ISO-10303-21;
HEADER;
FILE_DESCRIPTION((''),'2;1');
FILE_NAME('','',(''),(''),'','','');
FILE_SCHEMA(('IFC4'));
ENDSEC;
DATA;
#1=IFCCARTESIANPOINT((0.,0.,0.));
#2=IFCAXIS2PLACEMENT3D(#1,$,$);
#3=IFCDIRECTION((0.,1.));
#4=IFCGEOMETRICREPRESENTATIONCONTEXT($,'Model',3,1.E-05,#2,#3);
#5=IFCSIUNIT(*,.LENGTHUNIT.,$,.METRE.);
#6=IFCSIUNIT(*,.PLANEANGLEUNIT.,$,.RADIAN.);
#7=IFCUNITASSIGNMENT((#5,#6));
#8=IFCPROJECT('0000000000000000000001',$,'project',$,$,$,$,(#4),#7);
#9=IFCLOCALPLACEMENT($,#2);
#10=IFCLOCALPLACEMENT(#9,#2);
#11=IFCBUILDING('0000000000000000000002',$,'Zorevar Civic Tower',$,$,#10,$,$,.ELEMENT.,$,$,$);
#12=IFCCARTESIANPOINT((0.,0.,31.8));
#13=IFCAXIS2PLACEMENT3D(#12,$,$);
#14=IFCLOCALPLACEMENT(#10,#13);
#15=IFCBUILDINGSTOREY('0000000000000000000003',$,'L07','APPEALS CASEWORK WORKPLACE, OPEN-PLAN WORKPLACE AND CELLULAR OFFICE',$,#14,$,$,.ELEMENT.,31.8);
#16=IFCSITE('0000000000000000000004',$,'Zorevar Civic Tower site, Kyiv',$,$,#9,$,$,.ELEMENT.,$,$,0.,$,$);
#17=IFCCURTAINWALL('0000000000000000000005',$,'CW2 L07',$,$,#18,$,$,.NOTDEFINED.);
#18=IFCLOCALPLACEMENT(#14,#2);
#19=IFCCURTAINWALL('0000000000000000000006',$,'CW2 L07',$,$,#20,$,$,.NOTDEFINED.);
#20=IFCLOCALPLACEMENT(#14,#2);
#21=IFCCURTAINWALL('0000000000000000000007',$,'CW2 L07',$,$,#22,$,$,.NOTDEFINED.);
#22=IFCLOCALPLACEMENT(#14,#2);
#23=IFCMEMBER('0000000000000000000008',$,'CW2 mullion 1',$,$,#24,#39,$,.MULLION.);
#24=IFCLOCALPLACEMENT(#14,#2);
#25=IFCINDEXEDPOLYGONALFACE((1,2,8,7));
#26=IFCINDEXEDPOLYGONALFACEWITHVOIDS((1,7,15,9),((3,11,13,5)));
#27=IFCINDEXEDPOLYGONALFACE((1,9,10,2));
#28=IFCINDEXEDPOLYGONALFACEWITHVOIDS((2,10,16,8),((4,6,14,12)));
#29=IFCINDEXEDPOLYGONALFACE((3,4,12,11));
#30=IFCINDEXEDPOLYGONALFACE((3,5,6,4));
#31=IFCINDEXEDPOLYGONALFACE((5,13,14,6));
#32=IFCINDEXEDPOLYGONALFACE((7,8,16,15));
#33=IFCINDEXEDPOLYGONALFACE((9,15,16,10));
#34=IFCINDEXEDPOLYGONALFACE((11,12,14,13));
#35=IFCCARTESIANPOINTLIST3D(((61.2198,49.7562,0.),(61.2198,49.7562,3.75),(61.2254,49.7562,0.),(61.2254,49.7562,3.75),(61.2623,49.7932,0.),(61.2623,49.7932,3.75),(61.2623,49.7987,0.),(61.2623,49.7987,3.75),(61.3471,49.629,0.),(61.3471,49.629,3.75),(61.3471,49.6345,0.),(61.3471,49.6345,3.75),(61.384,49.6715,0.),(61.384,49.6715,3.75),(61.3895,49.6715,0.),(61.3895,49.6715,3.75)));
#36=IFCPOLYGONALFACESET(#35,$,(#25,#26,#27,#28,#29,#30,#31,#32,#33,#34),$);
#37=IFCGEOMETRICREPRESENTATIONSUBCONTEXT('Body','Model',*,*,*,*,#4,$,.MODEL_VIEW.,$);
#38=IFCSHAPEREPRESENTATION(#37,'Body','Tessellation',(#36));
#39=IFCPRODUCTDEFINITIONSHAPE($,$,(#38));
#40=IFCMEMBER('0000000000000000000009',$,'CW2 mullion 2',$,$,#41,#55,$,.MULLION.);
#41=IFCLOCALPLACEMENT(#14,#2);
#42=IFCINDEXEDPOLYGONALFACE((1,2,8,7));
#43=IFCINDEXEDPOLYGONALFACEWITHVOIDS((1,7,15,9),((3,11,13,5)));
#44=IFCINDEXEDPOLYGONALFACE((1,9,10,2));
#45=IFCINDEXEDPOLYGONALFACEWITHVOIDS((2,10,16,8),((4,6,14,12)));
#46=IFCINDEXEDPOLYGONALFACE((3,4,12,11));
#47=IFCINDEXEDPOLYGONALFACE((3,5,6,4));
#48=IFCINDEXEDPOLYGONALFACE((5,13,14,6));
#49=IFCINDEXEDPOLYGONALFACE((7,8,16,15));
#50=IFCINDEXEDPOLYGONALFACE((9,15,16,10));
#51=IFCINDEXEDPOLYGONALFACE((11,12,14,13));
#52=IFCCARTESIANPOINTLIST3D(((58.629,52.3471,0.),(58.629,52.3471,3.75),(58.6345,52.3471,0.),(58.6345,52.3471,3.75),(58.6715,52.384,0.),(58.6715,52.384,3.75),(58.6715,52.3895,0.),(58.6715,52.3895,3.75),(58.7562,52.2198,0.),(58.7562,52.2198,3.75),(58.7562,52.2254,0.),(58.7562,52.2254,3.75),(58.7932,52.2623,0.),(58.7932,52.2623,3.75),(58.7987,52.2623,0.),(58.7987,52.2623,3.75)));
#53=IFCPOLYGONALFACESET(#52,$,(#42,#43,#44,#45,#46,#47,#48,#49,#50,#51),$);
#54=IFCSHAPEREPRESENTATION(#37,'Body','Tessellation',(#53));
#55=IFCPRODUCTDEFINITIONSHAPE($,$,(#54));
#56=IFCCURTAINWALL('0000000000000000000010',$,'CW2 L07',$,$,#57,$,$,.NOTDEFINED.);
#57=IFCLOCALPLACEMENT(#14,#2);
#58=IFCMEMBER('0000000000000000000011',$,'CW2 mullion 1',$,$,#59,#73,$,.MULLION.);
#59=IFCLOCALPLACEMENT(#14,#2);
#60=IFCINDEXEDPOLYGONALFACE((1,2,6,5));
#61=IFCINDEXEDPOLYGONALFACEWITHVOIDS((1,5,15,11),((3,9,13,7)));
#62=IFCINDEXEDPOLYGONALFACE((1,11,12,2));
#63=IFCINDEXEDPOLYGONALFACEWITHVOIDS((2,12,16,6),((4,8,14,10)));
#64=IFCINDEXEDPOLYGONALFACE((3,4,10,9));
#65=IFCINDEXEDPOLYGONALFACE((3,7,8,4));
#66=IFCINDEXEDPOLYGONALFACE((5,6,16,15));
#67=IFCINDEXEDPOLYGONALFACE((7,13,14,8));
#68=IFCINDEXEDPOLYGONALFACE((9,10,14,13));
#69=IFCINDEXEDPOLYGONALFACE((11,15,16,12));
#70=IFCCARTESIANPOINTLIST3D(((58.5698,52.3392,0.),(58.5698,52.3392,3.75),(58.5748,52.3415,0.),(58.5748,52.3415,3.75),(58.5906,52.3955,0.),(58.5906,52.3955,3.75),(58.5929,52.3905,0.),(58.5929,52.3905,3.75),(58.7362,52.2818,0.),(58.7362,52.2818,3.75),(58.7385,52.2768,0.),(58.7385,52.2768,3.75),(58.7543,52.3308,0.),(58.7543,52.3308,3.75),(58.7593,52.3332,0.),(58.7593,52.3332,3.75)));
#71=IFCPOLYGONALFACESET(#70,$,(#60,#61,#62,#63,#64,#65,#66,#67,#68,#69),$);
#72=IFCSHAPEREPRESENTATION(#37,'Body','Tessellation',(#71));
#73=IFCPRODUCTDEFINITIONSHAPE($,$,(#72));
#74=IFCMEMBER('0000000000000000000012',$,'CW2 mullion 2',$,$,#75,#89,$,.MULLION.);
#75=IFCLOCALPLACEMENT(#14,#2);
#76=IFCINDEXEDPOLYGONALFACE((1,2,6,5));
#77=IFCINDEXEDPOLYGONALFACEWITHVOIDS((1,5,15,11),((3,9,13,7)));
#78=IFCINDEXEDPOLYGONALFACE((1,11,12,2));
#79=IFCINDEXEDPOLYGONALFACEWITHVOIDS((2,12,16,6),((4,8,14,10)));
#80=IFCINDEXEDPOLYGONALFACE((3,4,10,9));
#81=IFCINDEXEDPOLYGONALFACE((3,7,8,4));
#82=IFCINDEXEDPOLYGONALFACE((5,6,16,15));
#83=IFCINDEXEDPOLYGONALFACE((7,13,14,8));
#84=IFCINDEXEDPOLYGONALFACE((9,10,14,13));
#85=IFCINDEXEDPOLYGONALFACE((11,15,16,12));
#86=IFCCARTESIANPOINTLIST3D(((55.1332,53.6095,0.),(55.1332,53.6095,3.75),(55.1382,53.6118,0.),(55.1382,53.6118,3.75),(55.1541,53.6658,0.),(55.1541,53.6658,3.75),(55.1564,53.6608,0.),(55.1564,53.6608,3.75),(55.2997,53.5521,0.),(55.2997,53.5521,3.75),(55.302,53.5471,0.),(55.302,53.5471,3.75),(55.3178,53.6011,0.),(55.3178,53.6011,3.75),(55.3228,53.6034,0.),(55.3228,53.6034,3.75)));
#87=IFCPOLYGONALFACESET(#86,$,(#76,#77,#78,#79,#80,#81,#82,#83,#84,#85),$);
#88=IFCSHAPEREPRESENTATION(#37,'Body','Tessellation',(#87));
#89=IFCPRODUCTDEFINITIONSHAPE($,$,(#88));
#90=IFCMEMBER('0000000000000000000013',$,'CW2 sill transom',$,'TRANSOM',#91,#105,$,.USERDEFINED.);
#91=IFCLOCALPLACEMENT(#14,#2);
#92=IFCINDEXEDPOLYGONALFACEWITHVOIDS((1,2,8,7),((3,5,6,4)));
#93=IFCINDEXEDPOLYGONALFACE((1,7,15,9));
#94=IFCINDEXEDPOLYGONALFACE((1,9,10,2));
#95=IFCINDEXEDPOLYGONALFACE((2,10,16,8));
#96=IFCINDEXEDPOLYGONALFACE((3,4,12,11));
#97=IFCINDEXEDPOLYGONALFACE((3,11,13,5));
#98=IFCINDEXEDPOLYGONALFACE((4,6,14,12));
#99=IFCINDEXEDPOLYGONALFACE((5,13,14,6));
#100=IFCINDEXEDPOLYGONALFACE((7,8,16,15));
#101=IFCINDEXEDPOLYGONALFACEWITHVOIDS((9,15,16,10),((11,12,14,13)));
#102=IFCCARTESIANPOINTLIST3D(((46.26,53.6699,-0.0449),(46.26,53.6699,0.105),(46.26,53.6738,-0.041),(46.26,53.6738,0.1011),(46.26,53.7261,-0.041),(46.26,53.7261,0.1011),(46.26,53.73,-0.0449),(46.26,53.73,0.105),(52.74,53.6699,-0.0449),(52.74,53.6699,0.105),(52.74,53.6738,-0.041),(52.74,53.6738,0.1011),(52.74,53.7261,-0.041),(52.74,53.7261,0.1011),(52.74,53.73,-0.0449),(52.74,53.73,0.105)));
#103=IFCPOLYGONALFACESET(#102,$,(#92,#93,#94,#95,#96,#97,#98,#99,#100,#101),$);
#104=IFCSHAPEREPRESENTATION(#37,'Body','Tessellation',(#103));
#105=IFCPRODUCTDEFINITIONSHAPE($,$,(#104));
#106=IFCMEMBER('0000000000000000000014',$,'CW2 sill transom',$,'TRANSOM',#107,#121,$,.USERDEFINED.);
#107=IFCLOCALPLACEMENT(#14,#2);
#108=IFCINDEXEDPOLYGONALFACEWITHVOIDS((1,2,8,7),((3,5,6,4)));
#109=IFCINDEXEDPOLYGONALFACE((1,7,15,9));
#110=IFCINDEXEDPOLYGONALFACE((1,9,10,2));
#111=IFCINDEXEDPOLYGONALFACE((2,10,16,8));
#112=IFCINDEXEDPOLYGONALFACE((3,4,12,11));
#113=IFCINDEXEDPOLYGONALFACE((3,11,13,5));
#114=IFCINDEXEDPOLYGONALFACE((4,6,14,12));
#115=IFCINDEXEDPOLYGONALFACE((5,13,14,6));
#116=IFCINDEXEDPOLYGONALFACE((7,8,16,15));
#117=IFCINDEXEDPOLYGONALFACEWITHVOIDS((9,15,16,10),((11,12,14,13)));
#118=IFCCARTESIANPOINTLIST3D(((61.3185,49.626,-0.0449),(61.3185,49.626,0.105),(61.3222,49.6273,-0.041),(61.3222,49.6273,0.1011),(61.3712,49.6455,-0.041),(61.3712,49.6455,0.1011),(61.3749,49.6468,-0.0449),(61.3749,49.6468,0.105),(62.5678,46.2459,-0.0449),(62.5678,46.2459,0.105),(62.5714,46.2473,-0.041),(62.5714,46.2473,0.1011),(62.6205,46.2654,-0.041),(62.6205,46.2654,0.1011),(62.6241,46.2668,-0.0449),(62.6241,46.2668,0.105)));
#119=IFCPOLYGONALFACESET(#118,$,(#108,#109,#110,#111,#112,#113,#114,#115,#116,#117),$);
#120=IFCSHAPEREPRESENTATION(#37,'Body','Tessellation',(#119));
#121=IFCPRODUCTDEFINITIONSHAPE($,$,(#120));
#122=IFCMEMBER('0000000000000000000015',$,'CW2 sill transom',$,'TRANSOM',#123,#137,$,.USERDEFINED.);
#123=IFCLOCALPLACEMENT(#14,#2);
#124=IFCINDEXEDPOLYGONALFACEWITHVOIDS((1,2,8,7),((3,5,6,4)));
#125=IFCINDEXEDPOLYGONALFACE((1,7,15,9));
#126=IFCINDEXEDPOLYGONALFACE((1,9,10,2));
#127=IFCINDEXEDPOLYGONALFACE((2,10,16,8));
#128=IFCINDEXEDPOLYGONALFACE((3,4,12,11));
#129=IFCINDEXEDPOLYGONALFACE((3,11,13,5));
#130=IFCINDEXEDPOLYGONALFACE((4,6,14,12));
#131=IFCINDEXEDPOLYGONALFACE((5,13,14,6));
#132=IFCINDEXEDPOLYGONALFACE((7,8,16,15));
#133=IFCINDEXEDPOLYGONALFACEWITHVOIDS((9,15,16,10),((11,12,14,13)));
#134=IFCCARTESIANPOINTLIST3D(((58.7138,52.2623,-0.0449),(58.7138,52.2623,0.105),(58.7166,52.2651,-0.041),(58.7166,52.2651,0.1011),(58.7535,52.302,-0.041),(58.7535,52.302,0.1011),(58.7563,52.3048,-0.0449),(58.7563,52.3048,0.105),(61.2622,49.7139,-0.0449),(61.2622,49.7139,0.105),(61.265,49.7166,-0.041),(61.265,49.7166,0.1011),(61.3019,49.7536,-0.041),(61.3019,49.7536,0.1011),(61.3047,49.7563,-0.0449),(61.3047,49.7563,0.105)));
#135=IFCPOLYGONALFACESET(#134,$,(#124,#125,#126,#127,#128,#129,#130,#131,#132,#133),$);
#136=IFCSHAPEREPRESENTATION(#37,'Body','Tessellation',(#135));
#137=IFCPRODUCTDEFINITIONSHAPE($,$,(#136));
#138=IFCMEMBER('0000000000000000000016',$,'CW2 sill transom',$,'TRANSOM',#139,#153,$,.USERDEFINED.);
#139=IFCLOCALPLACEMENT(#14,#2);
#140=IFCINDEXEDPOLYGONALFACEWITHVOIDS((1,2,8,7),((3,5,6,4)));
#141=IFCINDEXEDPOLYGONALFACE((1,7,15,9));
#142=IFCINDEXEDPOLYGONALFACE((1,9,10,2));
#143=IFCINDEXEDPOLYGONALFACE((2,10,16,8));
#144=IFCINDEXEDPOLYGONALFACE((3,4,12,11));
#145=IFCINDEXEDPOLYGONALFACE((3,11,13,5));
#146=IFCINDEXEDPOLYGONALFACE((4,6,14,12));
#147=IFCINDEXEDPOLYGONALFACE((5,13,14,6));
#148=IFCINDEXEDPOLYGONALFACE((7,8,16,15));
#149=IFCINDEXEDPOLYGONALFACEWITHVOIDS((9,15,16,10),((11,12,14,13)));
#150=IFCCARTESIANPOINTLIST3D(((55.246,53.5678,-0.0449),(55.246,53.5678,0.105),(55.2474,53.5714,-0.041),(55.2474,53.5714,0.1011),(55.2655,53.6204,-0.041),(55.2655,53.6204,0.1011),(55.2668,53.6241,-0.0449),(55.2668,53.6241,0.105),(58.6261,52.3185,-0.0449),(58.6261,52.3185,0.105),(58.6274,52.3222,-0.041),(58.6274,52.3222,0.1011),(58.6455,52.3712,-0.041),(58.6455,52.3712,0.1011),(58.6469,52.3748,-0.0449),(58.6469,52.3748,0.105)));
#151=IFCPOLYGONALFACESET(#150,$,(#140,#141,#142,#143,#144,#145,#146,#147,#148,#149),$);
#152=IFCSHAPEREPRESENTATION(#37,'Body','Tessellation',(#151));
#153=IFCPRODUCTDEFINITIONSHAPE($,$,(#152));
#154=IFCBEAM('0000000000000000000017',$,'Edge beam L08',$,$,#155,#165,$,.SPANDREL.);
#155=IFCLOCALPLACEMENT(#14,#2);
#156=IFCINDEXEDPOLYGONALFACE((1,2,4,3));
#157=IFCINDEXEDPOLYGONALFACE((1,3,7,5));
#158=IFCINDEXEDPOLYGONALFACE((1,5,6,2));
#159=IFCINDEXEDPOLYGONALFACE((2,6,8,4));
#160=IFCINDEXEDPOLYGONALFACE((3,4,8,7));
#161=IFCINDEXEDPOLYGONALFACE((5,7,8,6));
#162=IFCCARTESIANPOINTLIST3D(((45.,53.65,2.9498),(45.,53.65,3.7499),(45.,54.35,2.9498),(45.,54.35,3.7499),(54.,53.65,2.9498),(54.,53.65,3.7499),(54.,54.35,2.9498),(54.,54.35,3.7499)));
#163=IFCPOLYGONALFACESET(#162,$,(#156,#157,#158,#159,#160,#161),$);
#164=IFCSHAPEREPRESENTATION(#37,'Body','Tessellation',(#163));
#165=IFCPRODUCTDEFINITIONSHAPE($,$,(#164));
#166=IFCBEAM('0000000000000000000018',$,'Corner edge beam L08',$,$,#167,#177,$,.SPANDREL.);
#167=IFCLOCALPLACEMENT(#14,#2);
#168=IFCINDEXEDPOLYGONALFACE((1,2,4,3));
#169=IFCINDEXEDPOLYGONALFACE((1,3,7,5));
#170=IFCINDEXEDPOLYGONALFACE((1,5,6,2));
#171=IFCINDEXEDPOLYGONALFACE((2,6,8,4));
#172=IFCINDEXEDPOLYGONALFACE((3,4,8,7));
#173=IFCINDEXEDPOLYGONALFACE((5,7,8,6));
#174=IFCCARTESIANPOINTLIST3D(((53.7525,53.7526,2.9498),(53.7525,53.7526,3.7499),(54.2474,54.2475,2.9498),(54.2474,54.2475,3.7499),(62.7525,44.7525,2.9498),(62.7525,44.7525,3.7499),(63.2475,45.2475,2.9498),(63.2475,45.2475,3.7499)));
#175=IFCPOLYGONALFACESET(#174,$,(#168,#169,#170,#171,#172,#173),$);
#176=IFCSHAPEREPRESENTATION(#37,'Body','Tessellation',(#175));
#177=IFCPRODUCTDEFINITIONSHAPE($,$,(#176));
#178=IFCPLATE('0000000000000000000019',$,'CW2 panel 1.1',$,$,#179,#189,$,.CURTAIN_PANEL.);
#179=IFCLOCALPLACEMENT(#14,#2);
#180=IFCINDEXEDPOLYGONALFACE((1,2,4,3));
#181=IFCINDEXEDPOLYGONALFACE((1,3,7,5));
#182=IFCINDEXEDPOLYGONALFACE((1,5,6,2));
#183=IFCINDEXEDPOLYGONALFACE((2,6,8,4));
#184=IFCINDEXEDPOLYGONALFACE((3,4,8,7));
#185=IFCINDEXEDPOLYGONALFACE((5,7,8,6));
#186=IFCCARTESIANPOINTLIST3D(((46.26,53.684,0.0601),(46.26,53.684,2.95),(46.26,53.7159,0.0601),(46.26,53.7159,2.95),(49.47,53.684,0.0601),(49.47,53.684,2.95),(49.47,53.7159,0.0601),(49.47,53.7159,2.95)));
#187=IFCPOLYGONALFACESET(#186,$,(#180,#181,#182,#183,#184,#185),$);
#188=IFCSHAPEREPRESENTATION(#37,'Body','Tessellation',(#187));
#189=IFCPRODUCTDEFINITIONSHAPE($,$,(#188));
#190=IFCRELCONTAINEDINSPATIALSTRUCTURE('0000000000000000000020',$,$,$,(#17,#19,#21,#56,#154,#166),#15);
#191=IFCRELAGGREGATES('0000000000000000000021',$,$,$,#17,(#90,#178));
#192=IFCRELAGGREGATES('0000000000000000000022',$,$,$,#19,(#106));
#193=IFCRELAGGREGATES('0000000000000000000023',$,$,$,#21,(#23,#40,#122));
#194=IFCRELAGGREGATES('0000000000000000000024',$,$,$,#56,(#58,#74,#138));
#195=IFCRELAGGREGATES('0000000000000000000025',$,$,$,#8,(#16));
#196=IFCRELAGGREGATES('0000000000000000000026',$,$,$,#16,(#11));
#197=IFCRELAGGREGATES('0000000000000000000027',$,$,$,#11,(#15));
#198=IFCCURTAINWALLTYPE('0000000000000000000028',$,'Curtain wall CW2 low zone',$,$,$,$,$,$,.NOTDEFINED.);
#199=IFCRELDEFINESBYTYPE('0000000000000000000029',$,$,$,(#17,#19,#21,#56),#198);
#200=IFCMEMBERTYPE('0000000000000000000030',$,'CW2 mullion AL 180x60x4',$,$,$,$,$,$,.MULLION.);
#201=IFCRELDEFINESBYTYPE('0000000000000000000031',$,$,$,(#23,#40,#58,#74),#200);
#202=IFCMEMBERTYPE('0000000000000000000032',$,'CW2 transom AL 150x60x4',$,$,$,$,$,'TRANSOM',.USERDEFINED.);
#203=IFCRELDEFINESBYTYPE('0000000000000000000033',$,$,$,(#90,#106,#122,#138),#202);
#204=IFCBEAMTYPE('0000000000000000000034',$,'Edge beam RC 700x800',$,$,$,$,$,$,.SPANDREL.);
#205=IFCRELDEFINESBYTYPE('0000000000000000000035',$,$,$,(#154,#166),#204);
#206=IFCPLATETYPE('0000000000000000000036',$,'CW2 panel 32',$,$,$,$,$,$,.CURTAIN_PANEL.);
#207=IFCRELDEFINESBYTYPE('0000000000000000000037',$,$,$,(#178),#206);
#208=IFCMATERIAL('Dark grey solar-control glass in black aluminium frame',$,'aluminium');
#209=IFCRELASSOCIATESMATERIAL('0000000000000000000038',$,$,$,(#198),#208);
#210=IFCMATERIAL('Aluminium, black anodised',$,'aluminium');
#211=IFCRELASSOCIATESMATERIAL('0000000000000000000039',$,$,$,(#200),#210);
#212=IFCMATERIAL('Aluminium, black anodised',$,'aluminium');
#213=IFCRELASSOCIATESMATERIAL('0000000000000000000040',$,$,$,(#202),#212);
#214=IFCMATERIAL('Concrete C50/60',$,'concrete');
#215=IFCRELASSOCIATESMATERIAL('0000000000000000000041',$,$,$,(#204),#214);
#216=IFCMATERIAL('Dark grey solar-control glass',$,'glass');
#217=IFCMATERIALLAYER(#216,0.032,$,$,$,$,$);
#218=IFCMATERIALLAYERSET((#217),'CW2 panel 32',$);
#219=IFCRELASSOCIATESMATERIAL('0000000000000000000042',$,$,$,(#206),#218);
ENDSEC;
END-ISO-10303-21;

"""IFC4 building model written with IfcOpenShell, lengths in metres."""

from ifc_helpers import new_model, si_unit, direction, frame, origin, origin_2d, place, context, subcontext, project, spatial, rectangle, hollow_rectangle, extrude, material, layer, layer_set, material_profile, profile_set, type_object, element, aggregate, save


model = new_model("IFC4")

# Units and contexts
model_context = context("Model", 3, precision=1e-05, world=origin(), true_north=direction((0.0, 1.0)))
body_context = subcontext(model_context, "Body", "Model", "MODEL_VIEW")
ifc_project = project(units=[si_unit("LENGTHUNIT", "METRE"), si_unit("PLANEANGLEUNIT", "RADIAN")], contexts=[model_context])

# Site, building, storey
site_placement = place(None, origin())
site = spatial("IfcSite", under=ifc_project, at=site_placement, Name="Zorevar Civic Tower site, Kyiv", CompositionType="ELEMENT", RefElevation=0.0)
building_placement = place(site_placement, origin())
building = spatial("IfcBuilding", under=site, at=building_placement, Name="Zorevar Civic Tower", CompositionType="ELEMENT")
storey_placement = place(building_placement, frame((0.0, 0.0, 31.8)))
storey = spatial("IfcBuildingStorey", under=building, at=storey_placement, Name="L07", Description="APPEALS CASEWORK WORKPLACE, OPEN-PLAN WORKPLACE AND CELLULAR OFFICE", CompositionType="ELEMENT", Elevation=31.8)

# Curtain walls, members
ifc_material_1 = material(Name="Dark grey solar-control glass in black aluminium frame", Category="aluminium")
curtain_wall_type = type_object("IfcCurtainWallType", Name="Curtain wall CW2 low zone", PredefinedType="NOTDEFINED", material=ifc_material_1)
curtain_wall_1_placement = place(storey_placement, origin())
curtain_wall_1 = element("IfcCurtainWall", 1, at=curtain_wall_1_placement, inside=storey, type_object=curtain_wall_type, Name="CW2 L07", PredefinedType="NOTDEFINED")
ifc_material_2 = material(Name="Aluminium, black anodised", Category="aluminium")
ifc_material_profile_1 = material_profile(ifc_material_2, hollow_rectangle(XDim=0.0601, YDim=0.1799, WallThickness=0.0039, at=origin_2d()), Name="AL 180x60x4")
ifc_profile_set_1 = profile_set([ifc_material_profile_1], Name="Aluminium, black anodised")
member_type_1 = type_object("IfcMemberType", Name="CW2 mullion AL 180x60x4", PredefinedType="MULLION", material=ifc_profile_set_1)
curtain_wall_2_placement = place(storey_placement, origin())
curtain_wall_2 = element("IfcCurtainWall", 2, at=curtain_wall_2_placement, inside=storey, type_object=curtain_wall_type, Name="CW2 L07", PredefinedType="NOTDEFINED")
curtain_wall_3_placement = place(storey_placement, origin())
curtain_wall_3 = element("IfcCurtainWall", 3, at=curtain_wall_3_placement, inside=storey, type_object=curtain_wall_type, Name="CW2 L07", PredefinedType="NOTDEFINED")
member_1_placement = place(storey_placement, frame((61.3047, 49.7139, 0.0), z_axis=(0.0, 0.0, 1.0), x_axis=(-0.707107, -0.707107, 0.0)))
member_1 = element("IfcMember", 4, at=member_1_placement, type_object=member_type_1, Name="CW2 mullion 1", PredefinedType="MULLION", context=body_context, shape_type="SweptSolid", body=[
    extrude(hollow_rectangle(XDim=0.0601, YDim=0.1799, WallThickness=0.0039, at=origin_2d()), origin(), (0.0, 0.0, 1.0), 3.75),
])
member_2_placement = place(storey_placement, frame((58.7139, 52.3047, 0.0), z_axis=(0.0, 0.0, 1.0), x_axis=(-0.707107, -0.707107, 0.0)))
member_2 = element("IfcMember", 5, at=member_2_placement, type_object=member_type_1, Name="CW2 mullion 2", PredefinedType="MULLION", context=body_context, shape_type="SweptSolid", body=[
    extrude(hollow_rectangle(XDim=0.0601, YDim=0.1799, WallThickness=0.0039, at=origin_2d()), origin(), (0.0, 0.0, 1.0), 3.75),
])
curtain_wall_4_placement = place(storey_placement, origin())
curtain_wall_4 = element("IfcCurtainWall", 6, at=curtain_wall_4_placement, inside=storey, type_object=curtain_wall_type, Name="CW2 L07", PredefinedType="NOTDEFINED")
member_3_placement = place(storey_placement, frame((58.6646, 52.3362, 0.0), z_axis=(0.0, 0.0, 1.0), x_axis=(-0.346704, -0.937975, 0.0)))
member_3 = element("IfcMember", 7, at=member_3_placement, type_object=member_type_1, Name="CW2 mullion 1", PredefinedType="MULLION", context=body_context, shape_type="SweptSolid", body=[
    extrude(hollow_rectangle(XDim=0.0601, YDim=0.1799, WallThickness=0.0039, at=origin_2d()), origin(), (0.0, 0.0, 1.0), 3.75),
])
member_4_placement = place(storey_placement, frame((55.228, 53.6064, 0.0), z_axis=(0.0, 0.0, 1.0), x_axis=(-0.346704, -0.937975, 0.0)))
member_4 = element("IfcMember", 8, at=member_4_placement, type_object=member_type_1, Name="CW2 mullion 2", PredefinedType="MULLION", context=body_context, shape_type="SweptSolid", body=[
    extrude(hollow_rectangle(XDim=0.0601, YDim=0.1799, WallThickness=0.0039, at=origin_2d()), origin(), (0.0, 0.0, 1.0), 3.75),
])

# Members
ifc_material_3 = material(Name="Aluminium, black anodised", Category="aluminium")
ifc_material_profile_2 = material_profile(ifc_material_3, hollow_rectangle(XDim=0.0601, YDim=0.1499, WallThickness=0.0039, at=origin_2d()), Name="AL 150x60x4")
ifc_profile_set_2 = profile_set([ifc_material_profile_2], Name="Aluminium, black anodised")
member_type_2 = type_object("IfcMemberType", Name="CW2 transom AL 150x60x4", ElementType="TRANSOM", PredefinedType="USERDEFINED", material=ifc_profile_set_2)
member_5_placement = place(storey_placement, frame((46.26, 53.7, 0.03), z_axis=(1.0, 0.0, 0.0), x_axis=(0.0, 1.0, 0.0)))
member_5 = element("IfcMember", 9, at=member_5_placement, type_object=member_type_2, Name="CW2 sill transom", ObjectType="TRANSOM", PredefinedType="USERDEFINED", context=body_context, shape_type="SweptSolid", body=[
    extrude(hollow_rectangle(XDim=0.0601, YDim=0.1499, WallThickness=0.0039, at=origin_2d()), origin(), (0.0, 0.0, 1.0), 6.48),
])
member_6_placement = place(storey_placement, frame((62.5959, 46.2563, 0.03), z_axis=(-0.346672, 0.937986, 0.0), x_axis=(-0.937986, -0.346672, 0.0)))
member_6 = element("IfcMember", 10, at=member_6_placement, type_object=member_type_2, Name="CW2 sill transom", ObjectType="TRANSOM", PredefinedType="USERDEFINED", context=body_context, shape_type="SweptSolid", body=[
    extrude(hollow_rectangle(XDim=0.0601, YDim=0.1499, WallThickness=0.0039, at=origin_2d()), origin(), (0.0, 0.0, 1.0), 3.6035),
])
member_7_placement = place(storey_placement, frame((61.2834, 49.7351, 0.03), z_axis=(-0.707107, 0.707107, 0.0), x_axis=(-0.707107, -0.707107, 0.0)))
member_7 = element("IfcMember", 11, at=member_7_placement, type_object=member_type_2, Name="CW2 sill transom", ObjectType="TRANSOM", PredefinedType="USERDEFINED", context=body_context, shape_type="SweptSolid", body=[
    extrude(hollow_rectangle(XDim=0.0601, YDim=0.1499, WallThickness=0.0039, at=origin_2d()), origin(), (0.0, 0.0, 1.0), 3.604),
])
member_8_placement = place(storey_placement, frame((58.6365, 52.3467, 0.03), z_axis=(-0.937986, 0.346672, 0.0), x_axis=(-0.346672, -0.937986, 0.0)))
member_8 = element("IfcMember", 12, at=member_8_placement, type_object=member_type_2, Name="CW2 sill transom", ObjectType="TRANSOM", PredefinedType="USERDEFINED", context=body_context, shape_type="SweptSolid", body=[
    extrude(hollow_rectangle(XDim=0.0601, YDim=0.1499, WallThickness=0.0039, at=origin_2d()), origin(), (0.0, 0.0, 1.0), 3.6035),
])

# Beams
ifc_material_4 = material(Name="Concrete C50/60", Category="concrete")
ifc_material_profile_3 = material_profile(ifc_material_4, rectangle(XDim=0.7, YDim=0.8, at=origin_2d()), Name="RC 700x800")
ifc_profile_set_3 = profile_set([ifc_material_profile_3], Name="Concrete C50/60")
beam_type_1 = type_object("IfcBeamType", Name="Edge beam RC 700x800", PredefinedType="SPANDREL", material=ifc_profile_set_3)
beam_1_placement = place(storey_placement, frame((45.0, 54.0, 3.3499), z_axis=(1.0, 0.0, 0.0), x_axis=(0.0, 1.0, 0.0)))
element("IfcBeam", 13, at=beam_1_placement, inside=storey, type_object=beam_type_1, Name="Edge beam L08", PredefinedType="SPANDREL", context=body_context, shape_type="SweptSolid", body=[
    extrude(rectangle(XDim=0.7, YDim=0.8, at=origin_2d()), origin(), (0.0, 0.0, 1.0), 9.0),
])
beam_2_placement = place(storey_placement, frame((63.0, 45.0, 3.3499), z_axis=(-0.707107, 0.707107, 0.0), x_axis=(-0.707107, -0.707107, 0.0)))
element("IfcBeam", 14, at=beam_2_placement, inside=storey, type_object=beam_type_1, Name="Corner edge beam L08", PredefinedType="SPANDREL", context=body_context, shape_type="SweptSolid", body=[
    extrude(rectangle(XDim=0.7, YDim=0.8, at=origin_2d()), origin(), (0.0, 0.0, 1.0), 12.728),
])

# Plate
ifc_material_5 = material(Name="Dark grey solar-control glass", Category="glass")
ifc_layer_1 = layer(ifc_material_5, 0.032)
ifc_layer_set_1 = layer_set([ifc_layer_1], Name="CW2 panel 32")
plate_type = type_object("IfcPlateType", Name="CW2 panel 32", PredefinedType="CURTAIN_PANEL", material=ifc_layer_set_1)
plate_1_placement = place(storey_placement, frame((47.865, 53.7, 0.0601), z_axis=(0.0, 0.0, 1.0), x_axis=(1.0, 0.0, 0.0)))
plate_1 = element("IfcPlate", 15, at=plate_1_placement, type_object=plate_type, Name="CW2 panel 1.1", PredefinedType="CURTAIN_PANEL", context=body_context, shape_type="SweptSolid", body=[
    extrude(rectangle(XDim=3.21, YDim=0.032, at=origin_2d()), origin(), (0.0, 0.0, 1.0), 2.8899),
])
aggregate(curtain_wall_1, [member_5, plate_1])
aggregate(curtain_wall_2, [member_6])
aggregate(curtain_wall_3, [member_1, member_2, member_7])
aggregate(curtain_wall_4, [member_3, member_4, member_8])

save(model, "model.ifc")
